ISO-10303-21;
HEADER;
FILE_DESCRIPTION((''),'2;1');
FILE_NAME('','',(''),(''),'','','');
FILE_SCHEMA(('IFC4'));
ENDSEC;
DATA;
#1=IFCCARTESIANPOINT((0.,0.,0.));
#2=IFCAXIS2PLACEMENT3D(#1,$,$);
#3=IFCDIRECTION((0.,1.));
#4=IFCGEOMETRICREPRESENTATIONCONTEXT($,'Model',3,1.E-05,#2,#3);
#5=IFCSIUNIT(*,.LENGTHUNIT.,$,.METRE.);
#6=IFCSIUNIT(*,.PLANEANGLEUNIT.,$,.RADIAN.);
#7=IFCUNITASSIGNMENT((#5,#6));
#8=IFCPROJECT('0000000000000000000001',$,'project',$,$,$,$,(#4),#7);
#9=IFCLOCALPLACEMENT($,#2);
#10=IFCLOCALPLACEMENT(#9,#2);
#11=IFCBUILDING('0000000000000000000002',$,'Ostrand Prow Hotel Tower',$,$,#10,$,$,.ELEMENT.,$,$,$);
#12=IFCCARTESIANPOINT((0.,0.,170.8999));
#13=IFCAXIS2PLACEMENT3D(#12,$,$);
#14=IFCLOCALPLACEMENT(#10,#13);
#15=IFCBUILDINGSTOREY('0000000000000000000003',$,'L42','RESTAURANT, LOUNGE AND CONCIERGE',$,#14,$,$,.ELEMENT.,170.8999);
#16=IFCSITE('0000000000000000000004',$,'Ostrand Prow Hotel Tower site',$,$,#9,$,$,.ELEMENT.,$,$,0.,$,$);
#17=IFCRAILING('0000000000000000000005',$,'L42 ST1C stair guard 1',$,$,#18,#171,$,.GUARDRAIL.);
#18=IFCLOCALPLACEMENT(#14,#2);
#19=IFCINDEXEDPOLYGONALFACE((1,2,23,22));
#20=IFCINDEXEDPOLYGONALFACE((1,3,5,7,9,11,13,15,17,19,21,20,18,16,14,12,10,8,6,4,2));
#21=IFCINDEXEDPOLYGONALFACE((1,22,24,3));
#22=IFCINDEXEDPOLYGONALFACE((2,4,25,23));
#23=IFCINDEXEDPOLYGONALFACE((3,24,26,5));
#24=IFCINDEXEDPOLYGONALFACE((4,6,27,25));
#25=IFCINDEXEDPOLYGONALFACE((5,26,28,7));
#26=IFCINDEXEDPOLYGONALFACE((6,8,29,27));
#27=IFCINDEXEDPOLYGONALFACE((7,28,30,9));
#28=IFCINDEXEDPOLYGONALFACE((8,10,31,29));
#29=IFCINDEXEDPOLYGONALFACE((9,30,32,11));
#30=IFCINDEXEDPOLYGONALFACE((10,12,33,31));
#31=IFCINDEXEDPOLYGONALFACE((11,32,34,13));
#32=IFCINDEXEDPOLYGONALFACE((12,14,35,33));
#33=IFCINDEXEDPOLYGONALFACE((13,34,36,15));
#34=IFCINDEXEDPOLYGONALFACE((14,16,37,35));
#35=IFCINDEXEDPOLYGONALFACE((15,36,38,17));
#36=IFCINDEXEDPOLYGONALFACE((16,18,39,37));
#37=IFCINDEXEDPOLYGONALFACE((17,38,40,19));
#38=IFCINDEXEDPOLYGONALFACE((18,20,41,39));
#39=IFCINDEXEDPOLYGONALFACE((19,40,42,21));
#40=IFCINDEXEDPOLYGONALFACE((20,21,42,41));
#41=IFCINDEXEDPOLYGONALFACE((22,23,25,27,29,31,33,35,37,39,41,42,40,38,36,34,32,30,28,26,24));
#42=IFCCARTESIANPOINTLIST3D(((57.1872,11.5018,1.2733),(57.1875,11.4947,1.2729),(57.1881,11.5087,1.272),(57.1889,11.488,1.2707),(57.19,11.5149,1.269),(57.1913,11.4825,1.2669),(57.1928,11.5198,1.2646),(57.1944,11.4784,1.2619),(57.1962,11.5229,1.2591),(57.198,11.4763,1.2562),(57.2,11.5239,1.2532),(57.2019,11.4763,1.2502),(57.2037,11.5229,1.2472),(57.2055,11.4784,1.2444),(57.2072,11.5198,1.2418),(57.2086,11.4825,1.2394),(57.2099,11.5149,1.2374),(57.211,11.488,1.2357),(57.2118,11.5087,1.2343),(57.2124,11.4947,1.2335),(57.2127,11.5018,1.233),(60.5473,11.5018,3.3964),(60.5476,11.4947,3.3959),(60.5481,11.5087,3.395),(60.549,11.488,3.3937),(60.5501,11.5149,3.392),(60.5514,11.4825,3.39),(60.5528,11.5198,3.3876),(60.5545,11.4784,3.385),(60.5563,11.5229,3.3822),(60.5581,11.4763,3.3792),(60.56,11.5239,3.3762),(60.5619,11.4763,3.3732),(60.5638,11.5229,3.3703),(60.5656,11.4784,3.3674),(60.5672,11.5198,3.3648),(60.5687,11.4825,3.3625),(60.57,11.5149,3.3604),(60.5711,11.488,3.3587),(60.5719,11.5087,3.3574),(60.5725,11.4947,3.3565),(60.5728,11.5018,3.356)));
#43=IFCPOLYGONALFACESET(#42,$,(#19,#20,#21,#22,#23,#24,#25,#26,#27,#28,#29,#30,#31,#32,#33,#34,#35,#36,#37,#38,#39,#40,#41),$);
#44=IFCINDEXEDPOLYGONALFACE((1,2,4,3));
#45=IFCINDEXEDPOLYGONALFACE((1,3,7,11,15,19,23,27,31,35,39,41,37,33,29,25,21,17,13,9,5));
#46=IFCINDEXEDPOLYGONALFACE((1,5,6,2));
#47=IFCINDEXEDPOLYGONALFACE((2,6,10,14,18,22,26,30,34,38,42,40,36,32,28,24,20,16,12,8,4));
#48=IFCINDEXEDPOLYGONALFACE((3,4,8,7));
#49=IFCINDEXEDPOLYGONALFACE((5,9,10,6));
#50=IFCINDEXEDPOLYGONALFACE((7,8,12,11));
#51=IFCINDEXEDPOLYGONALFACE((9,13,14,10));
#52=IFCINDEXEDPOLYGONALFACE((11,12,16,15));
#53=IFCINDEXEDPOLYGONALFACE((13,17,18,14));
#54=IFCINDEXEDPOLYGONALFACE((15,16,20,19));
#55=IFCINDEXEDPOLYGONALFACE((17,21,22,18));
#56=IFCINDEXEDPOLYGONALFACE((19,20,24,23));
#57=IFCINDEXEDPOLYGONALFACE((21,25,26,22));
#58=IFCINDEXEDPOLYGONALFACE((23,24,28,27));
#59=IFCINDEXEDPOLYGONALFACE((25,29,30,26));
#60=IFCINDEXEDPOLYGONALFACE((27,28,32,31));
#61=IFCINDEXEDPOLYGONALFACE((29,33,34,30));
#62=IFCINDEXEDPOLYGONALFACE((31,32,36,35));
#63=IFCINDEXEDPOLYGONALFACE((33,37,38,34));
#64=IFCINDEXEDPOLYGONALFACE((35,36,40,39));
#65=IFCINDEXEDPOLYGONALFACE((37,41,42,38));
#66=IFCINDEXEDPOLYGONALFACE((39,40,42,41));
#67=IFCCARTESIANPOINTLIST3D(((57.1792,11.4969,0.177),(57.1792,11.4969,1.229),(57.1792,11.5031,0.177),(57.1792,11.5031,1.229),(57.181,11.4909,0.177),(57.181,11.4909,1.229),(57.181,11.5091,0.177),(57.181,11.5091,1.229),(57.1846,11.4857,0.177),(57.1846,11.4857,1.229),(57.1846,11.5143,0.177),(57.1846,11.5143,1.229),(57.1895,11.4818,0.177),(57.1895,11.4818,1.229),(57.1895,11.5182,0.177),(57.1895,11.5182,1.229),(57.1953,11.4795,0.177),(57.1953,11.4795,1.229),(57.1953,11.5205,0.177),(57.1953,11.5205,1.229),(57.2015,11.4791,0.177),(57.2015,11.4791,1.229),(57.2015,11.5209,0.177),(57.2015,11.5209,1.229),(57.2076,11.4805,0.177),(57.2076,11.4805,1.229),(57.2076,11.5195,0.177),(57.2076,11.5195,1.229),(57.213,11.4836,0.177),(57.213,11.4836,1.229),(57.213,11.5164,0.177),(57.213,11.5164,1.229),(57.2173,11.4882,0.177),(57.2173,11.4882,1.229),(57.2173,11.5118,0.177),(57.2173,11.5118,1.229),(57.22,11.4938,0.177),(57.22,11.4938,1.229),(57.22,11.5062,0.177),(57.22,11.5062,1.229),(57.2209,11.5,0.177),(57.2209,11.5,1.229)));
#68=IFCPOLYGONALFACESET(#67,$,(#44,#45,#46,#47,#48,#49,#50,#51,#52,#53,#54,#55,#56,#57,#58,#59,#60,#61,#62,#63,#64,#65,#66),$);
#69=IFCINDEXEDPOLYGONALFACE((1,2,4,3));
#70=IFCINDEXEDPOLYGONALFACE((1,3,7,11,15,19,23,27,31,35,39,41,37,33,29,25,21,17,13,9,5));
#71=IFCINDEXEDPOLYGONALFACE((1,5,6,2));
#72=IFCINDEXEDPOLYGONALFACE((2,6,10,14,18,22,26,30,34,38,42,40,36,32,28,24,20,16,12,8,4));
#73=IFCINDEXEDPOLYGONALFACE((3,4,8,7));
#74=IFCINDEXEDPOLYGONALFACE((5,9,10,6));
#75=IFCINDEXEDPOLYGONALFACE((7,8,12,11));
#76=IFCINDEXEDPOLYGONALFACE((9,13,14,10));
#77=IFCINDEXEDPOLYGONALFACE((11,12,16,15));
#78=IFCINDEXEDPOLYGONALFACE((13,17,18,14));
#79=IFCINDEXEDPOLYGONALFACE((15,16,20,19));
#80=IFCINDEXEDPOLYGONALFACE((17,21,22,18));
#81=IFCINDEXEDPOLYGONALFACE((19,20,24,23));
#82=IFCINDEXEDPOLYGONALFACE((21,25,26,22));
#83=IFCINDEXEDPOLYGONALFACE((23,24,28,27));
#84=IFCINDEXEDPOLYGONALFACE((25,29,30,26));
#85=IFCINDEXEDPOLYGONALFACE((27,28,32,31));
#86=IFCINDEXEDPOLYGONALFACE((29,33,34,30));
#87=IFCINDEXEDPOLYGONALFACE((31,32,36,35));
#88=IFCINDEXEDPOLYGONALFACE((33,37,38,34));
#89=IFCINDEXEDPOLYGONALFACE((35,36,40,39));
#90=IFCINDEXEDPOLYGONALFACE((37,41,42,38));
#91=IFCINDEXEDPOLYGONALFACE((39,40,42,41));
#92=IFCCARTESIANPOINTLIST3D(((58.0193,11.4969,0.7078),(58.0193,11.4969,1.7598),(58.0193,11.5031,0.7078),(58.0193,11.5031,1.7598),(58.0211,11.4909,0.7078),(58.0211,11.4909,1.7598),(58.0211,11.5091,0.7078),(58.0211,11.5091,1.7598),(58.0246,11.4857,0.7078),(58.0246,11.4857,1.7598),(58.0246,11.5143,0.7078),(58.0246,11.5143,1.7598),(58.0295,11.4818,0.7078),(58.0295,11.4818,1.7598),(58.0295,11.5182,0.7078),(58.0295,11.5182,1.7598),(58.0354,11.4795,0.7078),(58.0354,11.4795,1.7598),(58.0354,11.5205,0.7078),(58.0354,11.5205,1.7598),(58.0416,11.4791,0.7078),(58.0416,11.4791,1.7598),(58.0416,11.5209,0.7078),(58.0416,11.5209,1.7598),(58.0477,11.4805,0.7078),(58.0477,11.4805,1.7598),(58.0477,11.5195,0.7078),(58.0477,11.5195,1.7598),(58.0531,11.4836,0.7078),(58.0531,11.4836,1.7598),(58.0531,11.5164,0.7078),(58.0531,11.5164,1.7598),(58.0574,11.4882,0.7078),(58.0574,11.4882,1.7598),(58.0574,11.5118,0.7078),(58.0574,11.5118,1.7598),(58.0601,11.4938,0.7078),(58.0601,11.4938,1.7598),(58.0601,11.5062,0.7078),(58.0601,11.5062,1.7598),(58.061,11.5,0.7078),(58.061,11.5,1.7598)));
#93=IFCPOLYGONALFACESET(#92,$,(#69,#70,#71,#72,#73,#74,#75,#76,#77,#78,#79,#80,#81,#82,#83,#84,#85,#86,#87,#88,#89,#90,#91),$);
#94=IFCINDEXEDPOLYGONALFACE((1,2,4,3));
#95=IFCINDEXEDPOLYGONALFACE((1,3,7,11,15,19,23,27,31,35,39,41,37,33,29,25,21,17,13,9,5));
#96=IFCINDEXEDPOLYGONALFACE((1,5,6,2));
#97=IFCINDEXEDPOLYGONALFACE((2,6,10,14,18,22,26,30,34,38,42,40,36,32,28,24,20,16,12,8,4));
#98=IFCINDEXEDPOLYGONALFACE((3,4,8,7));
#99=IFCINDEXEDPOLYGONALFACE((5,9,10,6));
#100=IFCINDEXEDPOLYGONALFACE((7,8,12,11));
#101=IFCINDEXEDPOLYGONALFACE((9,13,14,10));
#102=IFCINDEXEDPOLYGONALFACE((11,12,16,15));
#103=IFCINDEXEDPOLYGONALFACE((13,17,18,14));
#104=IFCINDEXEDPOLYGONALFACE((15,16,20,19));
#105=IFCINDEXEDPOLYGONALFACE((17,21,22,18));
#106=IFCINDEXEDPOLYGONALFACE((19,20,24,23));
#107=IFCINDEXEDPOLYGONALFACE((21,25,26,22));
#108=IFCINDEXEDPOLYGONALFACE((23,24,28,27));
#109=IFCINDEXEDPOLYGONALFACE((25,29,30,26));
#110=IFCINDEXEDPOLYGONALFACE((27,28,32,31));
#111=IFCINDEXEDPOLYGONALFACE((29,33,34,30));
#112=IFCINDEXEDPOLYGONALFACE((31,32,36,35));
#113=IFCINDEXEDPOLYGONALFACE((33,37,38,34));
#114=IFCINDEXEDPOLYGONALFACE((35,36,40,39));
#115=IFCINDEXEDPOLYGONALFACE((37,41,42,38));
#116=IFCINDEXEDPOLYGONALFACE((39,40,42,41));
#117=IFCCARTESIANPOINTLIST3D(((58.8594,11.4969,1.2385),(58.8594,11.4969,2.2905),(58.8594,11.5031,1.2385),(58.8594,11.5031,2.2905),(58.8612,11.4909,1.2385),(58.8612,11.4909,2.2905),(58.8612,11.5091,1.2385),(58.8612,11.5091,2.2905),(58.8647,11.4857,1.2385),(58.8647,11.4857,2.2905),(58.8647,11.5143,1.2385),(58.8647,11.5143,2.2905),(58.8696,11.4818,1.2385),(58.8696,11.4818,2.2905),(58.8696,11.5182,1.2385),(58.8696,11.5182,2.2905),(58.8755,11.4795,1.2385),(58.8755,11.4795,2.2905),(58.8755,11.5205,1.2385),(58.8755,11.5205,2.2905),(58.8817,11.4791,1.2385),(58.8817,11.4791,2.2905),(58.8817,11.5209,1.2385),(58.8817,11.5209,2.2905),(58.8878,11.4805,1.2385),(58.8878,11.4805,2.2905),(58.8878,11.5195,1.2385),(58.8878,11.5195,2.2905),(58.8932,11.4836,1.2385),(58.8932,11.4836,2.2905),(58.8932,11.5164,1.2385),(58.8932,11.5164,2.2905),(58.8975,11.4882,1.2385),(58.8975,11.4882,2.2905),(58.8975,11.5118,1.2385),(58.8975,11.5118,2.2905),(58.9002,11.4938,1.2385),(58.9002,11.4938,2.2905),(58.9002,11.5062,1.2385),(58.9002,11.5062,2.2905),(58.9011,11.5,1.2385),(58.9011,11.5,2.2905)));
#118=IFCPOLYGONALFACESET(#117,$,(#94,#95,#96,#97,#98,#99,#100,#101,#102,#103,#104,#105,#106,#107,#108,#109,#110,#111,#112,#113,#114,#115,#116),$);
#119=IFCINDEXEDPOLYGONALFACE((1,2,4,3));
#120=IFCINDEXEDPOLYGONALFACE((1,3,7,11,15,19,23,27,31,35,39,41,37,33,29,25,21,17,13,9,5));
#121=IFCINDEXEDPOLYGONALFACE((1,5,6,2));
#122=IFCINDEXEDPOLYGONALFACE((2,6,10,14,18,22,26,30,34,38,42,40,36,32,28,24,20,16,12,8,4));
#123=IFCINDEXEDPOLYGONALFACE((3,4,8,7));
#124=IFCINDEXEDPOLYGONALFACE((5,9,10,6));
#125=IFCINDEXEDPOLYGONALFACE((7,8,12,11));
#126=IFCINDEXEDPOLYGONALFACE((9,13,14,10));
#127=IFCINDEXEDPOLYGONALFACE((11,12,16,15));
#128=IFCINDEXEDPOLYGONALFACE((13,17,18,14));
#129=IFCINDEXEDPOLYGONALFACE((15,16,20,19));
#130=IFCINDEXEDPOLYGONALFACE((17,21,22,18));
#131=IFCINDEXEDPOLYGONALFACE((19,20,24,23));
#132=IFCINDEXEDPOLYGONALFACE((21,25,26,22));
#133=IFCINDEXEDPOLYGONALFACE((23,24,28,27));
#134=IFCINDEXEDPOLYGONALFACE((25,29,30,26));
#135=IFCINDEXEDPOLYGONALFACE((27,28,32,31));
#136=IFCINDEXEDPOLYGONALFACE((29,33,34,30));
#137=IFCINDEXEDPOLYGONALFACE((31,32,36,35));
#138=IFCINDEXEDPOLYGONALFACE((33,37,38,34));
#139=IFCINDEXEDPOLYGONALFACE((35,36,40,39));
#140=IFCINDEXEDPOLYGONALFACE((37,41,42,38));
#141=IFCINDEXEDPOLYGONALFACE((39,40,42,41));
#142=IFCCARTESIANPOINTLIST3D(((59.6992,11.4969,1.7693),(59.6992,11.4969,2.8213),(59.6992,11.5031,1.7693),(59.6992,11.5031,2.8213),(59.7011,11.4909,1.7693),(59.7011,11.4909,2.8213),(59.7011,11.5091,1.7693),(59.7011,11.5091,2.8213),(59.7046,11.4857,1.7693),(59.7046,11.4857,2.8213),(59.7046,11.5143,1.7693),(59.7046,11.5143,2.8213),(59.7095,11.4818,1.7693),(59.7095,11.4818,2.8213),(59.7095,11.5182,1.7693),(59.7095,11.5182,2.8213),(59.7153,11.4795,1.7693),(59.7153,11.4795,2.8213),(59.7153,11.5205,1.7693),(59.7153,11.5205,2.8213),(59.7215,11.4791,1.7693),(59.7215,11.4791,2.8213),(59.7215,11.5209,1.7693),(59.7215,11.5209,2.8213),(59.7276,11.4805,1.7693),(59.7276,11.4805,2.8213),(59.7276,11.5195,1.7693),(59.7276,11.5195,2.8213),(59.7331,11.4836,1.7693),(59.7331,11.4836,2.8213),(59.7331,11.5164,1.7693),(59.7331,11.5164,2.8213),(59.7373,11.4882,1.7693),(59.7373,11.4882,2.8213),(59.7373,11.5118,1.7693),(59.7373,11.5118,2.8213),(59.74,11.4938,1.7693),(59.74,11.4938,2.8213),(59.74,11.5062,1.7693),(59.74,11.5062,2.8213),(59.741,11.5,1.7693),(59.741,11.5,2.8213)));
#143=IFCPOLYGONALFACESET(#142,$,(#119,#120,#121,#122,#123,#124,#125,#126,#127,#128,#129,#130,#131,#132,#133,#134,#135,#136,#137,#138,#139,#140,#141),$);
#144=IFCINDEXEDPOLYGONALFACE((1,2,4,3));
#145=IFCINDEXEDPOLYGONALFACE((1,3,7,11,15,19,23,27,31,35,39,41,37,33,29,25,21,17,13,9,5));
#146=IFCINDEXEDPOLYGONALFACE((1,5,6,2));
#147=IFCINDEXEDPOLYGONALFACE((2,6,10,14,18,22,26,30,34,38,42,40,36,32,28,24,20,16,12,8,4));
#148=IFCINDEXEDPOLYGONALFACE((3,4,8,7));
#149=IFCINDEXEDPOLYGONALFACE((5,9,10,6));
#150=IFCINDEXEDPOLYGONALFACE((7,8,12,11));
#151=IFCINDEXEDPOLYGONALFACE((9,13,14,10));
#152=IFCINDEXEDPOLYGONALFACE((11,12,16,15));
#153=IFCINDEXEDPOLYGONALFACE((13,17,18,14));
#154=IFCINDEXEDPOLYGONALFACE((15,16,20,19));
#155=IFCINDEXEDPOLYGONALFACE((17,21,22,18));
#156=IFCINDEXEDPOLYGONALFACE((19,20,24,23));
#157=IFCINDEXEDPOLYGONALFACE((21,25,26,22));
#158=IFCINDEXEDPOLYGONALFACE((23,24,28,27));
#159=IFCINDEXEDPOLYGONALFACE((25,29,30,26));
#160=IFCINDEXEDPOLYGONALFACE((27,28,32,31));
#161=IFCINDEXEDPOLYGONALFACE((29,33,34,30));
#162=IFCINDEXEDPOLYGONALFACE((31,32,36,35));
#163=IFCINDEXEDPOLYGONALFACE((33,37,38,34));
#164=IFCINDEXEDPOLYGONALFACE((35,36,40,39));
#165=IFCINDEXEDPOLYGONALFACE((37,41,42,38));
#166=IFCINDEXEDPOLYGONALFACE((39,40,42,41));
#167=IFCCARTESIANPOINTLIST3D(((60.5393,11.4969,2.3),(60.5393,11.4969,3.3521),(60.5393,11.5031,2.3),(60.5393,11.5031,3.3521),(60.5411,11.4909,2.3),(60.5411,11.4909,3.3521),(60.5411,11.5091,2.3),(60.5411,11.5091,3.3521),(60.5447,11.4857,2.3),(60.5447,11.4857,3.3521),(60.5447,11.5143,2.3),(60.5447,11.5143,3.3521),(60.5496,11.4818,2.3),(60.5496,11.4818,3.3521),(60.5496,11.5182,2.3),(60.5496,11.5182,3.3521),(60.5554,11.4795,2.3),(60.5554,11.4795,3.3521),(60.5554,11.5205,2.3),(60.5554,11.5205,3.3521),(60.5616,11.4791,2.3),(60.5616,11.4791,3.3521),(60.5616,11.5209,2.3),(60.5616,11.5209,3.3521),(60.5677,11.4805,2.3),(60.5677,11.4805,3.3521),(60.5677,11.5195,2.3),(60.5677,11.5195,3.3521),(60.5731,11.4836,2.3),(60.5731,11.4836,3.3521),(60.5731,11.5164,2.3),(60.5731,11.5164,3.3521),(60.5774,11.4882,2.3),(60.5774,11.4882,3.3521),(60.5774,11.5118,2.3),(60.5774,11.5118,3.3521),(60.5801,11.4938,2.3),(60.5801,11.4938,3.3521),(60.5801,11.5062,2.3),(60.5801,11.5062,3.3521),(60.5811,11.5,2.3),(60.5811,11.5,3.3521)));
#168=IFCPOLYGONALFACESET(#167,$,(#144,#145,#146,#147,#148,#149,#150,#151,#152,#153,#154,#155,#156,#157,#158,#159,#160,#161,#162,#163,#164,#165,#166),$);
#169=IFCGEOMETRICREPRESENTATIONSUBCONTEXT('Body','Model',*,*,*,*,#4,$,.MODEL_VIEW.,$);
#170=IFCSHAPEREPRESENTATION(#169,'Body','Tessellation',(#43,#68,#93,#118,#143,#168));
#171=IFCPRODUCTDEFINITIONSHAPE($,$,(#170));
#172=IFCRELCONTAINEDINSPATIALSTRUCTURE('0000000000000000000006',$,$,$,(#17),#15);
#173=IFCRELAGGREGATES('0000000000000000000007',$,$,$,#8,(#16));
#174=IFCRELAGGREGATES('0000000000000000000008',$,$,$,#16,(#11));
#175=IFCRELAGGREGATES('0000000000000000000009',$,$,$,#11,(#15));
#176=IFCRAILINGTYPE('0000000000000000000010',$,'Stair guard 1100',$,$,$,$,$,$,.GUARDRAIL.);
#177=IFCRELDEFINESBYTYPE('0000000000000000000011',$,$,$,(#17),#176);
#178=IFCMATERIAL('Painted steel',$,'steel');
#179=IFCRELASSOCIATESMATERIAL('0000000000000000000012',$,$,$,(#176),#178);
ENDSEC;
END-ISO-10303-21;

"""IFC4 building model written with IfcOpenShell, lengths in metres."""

from ifc_helpers import new_model, si_unit, direction, frame, origin, origin_2d, place, context, subcontext, project, spatial, circle, extrude, material, type_object, element, save


model = new_model("IFC4")

# Units and contexts
model_context = context("Model", 3, precision=1e-05, world=origin(), true_north=direction((0.0, 1.0)))
body_context = subcontext(model_context, "Body", "Model", "MODEL_VIEW")
ifc_project = project(units=[si_unit("LENGTHUNIT", "METRE"), si_unit("PLANEANGLEUNIT", "RADIAN")], contexts=[model_context])

# Site, building, storey
site_placement = place(None, origin())
site = spatial("IfcSite", under=ifc_project, at=site_placement, Name="Ostrand Prow Hotel Tower site", CompositionType="ELEMENT", RefElevation=0.0)
building_placement = place(site_placement, origin())
building = spatial("IfcBuilding", under=site, at=building_placement, Name="Ostrand Prow Hotel Tower", CompositionType="ELEMENT")
storey_placement = place(building_placement, frame((0.0, 0.0, 170.8999)))
storey = spatial("IfcBuildingStorey", under=building, at=storey_placement, Name="L42", Description="RESTAURANT, LOUNGE AND CONCIERGE", CompositionType="ELEMENT", Elevation=170.8999)

# Railing
ifc_material_1 = material(Name="Painted steel", Category="steel")
railing_type_1 = type_object("IfcRailingType", Name="Stair guard 1100", PredefinedType="GUARDRAIL", material=ifc_material_1)
railing_1_placement = place(storey_placement, frame((57.2, 11.5, 0.177)))
element("IfcRailing", 1, at=railing_1_placement, inside=storey, type_object=railing_type_1, Name="L42 ST1C stair guard 1", PredefinedType="GUARDRAIL", context=body_context, shape_type="SweptSolid", body=[
    extrude(circle(Radius=0.0239, at=origin_2d()), frame((0.0, 0.0, 1.0762), z_axis=(0.84539, 0.0, 0.53415), x_axis=(0.0, 1.0, 0.0)), (0.0, 0.0, 1.0), 3.9746),
    extrude(circle(Radius=0.021, at=origin_2d()), origin(), (0.0, 0.0, 1.0), 1.052),
    extrude(circle(Radius=0.021, at=origin_2d()), frame((0.8401, 0.0, 0.5308)), (0.0, 0.0, 1.0), 1.052),
    extrude(circle(Radius=0.021, at=origin_2d()), frame((1.6802, 0.0, 1.0615)), (0.0, 0.0, 1.0), 1.052),
    extrude(circle(Radius=0.021, at=origin_2d()), frame((2.52, 0.0, 1.5923)), (0.0, 0.0, 1.0), 1.052),
    extrude(circle(Radius=0.021, at=origin_2d()), frame((3.3601, 0.0, 2.123)), (0.0, 0.0, 1.0), 1.052),
])

save(model, "model.ifc")
